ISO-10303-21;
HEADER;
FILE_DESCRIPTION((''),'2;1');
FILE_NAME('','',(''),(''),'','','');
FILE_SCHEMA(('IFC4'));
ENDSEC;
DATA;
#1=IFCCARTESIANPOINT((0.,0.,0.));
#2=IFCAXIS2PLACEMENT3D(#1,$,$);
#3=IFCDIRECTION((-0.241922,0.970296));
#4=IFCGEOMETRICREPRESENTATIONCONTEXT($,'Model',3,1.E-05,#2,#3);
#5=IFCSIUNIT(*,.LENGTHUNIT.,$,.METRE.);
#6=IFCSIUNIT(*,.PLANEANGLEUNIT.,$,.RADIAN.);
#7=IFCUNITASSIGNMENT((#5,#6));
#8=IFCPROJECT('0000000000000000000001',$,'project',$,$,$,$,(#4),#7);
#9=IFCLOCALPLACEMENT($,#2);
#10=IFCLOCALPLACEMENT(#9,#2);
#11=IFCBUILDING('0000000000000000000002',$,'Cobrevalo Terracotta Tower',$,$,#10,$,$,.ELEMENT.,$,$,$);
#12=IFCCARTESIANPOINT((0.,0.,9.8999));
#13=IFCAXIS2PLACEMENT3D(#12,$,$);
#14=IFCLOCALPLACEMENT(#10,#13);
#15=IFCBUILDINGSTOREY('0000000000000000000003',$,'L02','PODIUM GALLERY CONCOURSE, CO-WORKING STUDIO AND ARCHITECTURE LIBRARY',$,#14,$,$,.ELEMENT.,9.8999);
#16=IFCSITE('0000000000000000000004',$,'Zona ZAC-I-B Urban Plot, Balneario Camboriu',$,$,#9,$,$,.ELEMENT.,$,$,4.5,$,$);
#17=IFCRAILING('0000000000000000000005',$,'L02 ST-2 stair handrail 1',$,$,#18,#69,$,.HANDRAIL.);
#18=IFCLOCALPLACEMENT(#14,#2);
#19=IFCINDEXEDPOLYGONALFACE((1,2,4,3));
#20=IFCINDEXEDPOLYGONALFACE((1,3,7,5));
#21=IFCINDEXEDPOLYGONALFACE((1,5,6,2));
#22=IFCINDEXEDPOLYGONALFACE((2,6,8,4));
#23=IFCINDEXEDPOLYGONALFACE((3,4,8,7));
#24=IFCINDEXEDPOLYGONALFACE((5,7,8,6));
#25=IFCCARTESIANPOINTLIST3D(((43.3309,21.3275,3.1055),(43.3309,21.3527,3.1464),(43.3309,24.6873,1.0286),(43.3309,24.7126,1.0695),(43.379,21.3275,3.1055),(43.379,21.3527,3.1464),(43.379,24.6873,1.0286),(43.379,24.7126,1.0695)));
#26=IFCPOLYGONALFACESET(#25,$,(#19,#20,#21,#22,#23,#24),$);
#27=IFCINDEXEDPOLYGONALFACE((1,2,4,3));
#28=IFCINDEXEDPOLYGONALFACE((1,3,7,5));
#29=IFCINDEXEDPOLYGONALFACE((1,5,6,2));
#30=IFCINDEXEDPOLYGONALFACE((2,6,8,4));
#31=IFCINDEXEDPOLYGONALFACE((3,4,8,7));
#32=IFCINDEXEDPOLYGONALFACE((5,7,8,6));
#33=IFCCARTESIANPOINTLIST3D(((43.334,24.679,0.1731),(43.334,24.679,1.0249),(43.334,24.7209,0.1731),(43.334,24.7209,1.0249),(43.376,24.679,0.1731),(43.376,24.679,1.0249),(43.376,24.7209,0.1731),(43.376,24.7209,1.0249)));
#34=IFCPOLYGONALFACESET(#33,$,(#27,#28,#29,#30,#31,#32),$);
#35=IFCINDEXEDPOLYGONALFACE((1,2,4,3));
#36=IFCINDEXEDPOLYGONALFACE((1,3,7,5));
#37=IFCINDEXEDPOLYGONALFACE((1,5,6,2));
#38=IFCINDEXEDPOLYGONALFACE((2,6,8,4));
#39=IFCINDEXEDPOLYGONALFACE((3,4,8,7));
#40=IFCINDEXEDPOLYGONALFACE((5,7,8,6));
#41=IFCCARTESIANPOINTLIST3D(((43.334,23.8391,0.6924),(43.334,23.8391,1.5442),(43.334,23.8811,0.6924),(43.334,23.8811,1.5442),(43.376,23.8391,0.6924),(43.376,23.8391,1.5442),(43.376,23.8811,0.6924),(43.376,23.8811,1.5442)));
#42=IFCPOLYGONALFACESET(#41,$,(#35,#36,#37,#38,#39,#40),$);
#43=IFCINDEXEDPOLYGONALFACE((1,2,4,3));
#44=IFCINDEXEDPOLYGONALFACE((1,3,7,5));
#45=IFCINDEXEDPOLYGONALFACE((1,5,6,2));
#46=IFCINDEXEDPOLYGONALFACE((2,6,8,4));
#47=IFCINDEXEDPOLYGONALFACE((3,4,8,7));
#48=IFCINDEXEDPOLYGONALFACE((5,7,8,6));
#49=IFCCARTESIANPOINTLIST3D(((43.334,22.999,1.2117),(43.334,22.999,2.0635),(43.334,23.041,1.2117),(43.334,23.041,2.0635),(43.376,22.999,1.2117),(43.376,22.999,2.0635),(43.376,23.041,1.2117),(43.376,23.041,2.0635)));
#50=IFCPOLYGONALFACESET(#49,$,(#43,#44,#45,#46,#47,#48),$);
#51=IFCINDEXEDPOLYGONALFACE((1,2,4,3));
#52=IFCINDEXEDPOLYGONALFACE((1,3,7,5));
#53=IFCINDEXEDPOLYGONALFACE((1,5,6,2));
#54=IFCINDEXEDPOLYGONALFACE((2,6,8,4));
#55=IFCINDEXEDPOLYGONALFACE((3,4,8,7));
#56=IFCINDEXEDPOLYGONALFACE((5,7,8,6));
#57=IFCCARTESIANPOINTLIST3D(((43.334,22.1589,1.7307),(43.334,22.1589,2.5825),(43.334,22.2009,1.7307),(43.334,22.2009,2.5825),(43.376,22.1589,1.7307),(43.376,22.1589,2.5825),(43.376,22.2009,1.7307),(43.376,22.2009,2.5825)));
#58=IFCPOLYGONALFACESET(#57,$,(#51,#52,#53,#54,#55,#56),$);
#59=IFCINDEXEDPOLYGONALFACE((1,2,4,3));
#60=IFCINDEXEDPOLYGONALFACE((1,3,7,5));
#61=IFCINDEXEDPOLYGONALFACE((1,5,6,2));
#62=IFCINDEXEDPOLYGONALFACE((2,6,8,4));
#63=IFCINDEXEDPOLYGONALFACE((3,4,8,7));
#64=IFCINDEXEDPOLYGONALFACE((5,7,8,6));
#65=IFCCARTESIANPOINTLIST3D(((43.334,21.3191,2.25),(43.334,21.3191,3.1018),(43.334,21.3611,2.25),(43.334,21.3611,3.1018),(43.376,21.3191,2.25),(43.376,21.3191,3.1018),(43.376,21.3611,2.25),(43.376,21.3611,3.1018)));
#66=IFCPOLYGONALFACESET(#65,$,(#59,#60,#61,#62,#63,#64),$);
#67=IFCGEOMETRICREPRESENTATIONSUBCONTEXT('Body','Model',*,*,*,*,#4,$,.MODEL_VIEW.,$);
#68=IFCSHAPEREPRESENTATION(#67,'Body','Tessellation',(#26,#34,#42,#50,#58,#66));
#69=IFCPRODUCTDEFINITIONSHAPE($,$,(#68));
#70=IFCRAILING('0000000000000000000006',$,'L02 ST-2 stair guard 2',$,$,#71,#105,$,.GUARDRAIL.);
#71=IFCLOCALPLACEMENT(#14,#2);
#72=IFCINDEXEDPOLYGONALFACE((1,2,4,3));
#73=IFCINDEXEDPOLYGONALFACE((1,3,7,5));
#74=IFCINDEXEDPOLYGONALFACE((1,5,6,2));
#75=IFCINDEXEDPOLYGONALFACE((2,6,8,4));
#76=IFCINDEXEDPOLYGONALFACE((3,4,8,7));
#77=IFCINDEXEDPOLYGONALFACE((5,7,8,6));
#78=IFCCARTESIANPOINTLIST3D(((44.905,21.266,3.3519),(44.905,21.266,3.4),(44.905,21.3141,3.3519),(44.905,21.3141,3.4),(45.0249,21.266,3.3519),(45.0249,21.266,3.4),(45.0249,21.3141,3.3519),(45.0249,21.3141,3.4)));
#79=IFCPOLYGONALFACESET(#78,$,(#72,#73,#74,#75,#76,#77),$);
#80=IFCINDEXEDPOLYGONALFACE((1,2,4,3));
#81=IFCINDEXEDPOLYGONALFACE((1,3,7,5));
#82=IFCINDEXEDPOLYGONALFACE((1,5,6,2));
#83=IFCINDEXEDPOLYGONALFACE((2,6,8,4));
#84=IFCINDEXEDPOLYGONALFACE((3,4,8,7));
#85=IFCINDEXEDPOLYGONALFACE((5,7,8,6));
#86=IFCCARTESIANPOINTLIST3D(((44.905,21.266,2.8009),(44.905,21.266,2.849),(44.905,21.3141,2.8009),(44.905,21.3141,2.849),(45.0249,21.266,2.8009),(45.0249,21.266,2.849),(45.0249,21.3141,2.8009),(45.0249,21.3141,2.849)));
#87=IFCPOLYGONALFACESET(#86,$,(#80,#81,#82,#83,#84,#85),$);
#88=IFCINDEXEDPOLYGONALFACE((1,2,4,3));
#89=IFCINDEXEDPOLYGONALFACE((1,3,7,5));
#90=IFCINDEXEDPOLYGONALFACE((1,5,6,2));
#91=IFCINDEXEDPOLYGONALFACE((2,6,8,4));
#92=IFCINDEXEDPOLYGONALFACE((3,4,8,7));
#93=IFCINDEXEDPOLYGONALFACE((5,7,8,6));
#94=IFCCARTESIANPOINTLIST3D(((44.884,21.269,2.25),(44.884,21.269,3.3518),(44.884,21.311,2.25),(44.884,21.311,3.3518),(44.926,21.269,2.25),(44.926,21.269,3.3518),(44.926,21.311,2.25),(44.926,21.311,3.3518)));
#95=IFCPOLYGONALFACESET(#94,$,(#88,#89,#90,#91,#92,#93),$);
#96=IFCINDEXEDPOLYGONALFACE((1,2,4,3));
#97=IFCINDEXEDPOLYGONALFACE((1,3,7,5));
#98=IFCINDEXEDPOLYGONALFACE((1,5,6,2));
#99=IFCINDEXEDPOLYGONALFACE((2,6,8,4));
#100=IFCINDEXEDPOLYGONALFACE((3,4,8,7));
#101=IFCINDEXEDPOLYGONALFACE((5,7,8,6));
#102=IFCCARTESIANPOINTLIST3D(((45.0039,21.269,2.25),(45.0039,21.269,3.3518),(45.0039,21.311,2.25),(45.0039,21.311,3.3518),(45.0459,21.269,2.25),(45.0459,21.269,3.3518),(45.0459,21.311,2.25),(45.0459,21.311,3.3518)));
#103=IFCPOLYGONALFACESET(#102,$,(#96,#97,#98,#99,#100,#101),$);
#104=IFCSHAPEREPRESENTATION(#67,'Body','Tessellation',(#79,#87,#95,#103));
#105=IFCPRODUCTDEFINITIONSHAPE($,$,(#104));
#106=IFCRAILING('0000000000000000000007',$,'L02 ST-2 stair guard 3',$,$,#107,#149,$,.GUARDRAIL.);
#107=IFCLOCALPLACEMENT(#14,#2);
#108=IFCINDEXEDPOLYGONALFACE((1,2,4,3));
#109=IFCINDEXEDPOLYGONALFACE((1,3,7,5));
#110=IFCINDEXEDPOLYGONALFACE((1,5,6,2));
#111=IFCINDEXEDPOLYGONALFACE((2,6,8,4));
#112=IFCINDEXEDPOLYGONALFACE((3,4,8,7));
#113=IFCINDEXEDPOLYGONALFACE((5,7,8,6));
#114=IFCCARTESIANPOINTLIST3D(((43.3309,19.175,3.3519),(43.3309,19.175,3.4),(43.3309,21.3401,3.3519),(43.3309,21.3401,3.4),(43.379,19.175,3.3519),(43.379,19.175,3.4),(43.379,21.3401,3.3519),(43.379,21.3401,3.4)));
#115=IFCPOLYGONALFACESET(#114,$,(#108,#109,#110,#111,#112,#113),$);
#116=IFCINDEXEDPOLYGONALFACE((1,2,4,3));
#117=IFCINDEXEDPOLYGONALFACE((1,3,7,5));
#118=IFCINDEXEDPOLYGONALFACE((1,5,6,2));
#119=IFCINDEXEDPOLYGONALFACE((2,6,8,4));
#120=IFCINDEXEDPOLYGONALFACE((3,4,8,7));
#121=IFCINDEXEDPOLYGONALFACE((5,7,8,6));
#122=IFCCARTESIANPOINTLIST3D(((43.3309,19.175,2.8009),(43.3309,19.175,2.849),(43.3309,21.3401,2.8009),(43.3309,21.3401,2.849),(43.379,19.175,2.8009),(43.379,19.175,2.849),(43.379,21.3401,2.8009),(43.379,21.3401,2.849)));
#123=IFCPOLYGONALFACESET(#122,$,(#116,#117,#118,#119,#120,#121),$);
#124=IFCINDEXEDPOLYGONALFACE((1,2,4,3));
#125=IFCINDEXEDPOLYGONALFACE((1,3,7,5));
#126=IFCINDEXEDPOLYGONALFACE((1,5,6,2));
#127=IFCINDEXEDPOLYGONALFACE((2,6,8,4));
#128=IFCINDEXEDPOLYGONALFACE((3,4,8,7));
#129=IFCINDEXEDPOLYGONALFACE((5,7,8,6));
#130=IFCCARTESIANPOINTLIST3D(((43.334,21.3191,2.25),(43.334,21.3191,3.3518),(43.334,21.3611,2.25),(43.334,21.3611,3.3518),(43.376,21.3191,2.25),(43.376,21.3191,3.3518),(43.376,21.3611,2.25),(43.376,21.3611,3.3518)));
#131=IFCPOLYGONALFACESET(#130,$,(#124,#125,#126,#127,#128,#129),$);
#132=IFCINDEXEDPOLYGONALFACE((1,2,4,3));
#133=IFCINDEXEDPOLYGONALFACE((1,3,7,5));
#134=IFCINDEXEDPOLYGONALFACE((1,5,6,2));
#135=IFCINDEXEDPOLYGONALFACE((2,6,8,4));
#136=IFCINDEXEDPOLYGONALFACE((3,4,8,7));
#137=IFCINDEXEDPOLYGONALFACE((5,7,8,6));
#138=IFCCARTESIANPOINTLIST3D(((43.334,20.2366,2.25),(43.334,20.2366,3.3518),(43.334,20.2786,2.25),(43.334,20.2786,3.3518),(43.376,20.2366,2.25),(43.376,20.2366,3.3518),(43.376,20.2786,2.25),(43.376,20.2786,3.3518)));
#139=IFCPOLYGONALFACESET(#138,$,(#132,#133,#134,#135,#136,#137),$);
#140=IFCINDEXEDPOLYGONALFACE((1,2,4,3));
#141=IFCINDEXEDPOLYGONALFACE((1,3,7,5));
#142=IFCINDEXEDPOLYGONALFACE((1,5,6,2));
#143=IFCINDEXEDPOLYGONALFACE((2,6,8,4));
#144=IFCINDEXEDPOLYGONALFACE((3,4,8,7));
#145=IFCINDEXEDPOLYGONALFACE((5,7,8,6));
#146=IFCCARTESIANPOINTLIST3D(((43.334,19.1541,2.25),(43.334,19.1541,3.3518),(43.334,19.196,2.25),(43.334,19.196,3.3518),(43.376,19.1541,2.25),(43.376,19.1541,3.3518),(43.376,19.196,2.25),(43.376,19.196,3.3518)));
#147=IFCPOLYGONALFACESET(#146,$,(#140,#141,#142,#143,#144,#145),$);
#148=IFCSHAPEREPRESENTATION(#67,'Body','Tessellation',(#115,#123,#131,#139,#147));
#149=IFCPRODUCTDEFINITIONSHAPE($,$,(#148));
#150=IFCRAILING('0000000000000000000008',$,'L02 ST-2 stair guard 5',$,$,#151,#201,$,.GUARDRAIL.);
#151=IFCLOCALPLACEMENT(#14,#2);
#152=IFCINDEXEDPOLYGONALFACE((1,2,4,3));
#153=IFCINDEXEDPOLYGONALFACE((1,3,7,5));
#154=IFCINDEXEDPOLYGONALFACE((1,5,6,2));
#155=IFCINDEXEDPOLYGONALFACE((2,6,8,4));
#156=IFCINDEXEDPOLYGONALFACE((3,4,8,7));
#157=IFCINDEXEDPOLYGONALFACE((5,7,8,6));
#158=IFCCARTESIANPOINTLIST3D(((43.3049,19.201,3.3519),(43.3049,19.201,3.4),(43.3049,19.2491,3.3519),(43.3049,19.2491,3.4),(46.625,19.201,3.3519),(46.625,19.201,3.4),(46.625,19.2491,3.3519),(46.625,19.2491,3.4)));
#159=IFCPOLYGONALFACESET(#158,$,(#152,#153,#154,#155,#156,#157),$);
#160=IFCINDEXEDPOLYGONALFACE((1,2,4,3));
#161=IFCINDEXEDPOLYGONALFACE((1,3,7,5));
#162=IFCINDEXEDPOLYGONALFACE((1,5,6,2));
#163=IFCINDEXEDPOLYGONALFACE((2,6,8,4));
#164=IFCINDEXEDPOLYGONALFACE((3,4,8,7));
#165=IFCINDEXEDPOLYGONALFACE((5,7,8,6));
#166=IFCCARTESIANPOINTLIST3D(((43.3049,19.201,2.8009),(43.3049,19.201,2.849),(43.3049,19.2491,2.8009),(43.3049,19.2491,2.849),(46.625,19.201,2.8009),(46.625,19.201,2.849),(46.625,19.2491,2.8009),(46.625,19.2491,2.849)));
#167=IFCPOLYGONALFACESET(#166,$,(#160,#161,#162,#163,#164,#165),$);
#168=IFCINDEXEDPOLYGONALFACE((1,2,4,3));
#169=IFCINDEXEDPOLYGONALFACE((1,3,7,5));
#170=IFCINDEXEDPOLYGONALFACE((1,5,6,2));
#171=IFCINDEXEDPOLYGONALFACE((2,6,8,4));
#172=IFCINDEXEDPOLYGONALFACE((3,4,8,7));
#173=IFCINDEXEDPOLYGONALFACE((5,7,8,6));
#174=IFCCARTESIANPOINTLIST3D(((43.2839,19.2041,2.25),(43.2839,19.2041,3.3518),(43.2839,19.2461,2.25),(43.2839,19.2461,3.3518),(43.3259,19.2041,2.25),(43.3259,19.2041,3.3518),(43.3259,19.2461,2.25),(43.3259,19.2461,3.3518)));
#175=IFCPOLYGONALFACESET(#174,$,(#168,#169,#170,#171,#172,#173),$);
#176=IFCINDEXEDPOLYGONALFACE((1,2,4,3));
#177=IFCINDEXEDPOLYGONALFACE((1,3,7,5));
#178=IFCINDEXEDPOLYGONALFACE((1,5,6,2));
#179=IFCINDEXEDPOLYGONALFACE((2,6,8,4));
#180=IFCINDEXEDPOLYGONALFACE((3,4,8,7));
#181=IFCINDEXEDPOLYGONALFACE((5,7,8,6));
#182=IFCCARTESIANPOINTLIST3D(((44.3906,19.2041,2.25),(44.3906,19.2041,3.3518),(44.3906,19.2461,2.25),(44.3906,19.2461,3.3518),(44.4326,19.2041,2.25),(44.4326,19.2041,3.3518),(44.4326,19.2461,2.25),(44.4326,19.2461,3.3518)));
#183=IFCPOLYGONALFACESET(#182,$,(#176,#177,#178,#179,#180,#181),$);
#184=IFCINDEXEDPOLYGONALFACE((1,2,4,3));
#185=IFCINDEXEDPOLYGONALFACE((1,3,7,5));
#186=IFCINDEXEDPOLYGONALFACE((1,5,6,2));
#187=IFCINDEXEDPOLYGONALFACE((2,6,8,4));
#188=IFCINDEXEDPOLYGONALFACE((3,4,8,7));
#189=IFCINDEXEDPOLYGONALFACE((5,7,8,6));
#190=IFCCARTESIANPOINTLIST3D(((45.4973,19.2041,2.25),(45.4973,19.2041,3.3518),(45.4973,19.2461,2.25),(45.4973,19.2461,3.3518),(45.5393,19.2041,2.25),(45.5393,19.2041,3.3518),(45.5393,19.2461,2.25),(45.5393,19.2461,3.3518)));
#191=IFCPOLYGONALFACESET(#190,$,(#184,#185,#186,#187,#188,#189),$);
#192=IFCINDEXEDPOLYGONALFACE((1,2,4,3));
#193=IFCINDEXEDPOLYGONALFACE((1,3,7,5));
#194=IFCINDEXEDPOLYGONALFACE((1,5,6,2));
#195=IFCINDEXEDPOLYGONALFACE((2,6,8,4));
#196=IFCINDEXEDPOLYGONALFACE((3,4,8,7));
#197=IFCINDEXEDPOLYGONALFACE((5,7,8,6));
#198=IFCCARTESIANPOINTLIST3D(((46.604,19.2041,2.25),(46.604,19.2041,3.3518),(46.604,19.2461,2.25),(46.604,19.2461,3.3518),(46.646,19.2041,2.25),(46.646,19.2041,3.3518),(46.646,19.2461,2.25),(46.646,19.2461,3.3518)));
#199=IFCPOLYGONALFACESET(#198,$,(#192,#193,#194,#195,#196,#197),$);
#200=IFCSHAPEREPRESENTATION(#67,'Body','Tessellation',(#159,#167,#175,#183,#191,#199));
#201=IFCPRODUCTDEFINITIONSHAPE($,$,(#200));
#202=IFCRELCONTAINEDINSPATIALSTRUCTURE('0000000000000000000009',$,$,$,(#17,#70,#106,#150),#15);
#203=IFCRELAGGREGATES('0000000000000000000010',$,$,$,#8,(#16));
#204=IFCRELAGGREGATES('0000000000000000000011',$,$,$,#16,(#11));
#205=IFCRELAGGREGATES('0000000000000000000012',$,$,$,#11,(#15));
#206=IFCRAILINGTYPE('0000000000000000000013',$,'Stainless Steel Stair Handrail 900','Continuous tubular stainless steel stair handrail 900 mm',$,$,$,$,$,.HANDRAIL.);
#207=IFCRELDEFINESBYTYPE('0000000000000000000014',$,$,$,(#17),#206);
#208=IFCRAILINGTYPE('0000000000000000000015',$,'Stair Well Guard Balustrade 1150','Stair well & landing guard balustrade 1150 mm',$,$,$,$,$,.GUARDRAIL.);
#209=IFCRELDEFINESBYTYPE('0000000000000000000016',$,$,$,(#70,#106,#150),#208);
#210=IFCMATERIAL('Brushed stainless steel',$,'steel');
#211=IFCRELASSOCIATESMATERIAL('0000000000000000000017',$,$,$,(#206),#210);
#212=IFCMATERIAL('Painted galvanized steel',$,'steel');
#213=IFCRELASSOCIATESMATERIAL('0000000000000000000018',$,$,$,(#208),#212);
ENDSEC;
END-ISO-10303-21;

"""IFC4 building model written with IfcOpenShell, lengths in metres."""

from ifc_helpers import new_model, si_unit, direction, frame, origin, origin_2d, place, context, subcontext, project, spatial, rectangle, extrude, material, type_object, element, save


model = new_model("IFC4")

# Units and contexts
model_context = context("Model", 3, precision=1e-05, world=origin(), true_north=direction((-0.241922, 0.970296)))
body_context = subcontext(model_context, "Body", "Model", "MODEL_VIEW")
ifc_project = project(units=[si_unit("LENGTHUNIT", "METRE"), si_unit("PLANEANGLEUNIT", "RADIAN")], contexts=[model_context])

# Site, building, storey
site_placement = place(None, origin())
site = spatial("IfcSite", under=ifc_project, at=site_placement, Name="Zona ZAC-I-B Urban Plot, Balneario Camboriu", CompositionType="ELEMENT", RefElevation=4.5)
building_placement = place(site_placement, origin())
building = spatial("IfcBuilding", under=site, at=building_placement, Name="Cobrevalo Terracotta Tower", CompositionType="ELEMENT")
storey_placement = place(building_placement, frame((0.0, 0.0, 9.8999)))
storey = spatial("IfcBuildingStorey", under=building, at=storey_placement, Name="L02", Description="PODIUM GALLERY CONCOURSE, CO-WORKING STUDIO AND ARCHITECTURE LIBRARY", CompositionType="ELEMENT", Elevation=9.8999)

# Railings
ifc_material_1 = material(Name="Brushed stainless steel", Category="steel")
railing_type_1 = type_object("IfcRailingType", Name="Stainless Steel Stair Handrail 900", Description="Continuous tubular stainless steel stair handrail 900 mm", PredefinedType="HANDRAIL", material=ifc_material_1)
railing_1_placement = place(storey_placement, frame((43.355, 24.7, 0.1731)))
element("IfcRailing", 1, at=railing_1_placement, inside=storey, type_object=railing_type_1, Name="L02 ST-2 stair handrail 1", PredefinedType="HANDRAIL", context=body_context, shape_type="SweptSolid", body=[
    extrude(rectangle(XDim=0.0481, YDim=0.0481, at=origin_2d()), frame((0.0, 0.0, 0.876), z_axis=(0.0, -0.850606, 0.525803), x_axis=(1.0, 0.0, 0.0)), (0.0, 0.0, 1.0), 3.95),
    extrude(rectangle(XDim=0.042, YDim=0.042, at=origin_2d()), origin(), (0.0, 0.0, 1.0), 0.8518),
    extrude(rectangle(XDim=0.042, YDim=0.042, at=origin_2d()), frame((0.0, -0.8398, 0.5193)), (0.0, 0.0, 1.0), 0.8518),
    extrude(rectangle(XDim=0.042, YDim=0.042, at=origin_2d()), frame((0.0, -1.6799, 1.0386)), (0.0, 0.0, 1.0), 0.8518),
    extrude(rectangle(XDim=0.042, YDim=0.042, at=origin_2d()), frame((0.0, -2.52, 1.5576)), (0.0, 0.0, 1.0), 0.8518),
    extrude(rectangle(XDim=0.042, YDim=0.042, at=origin_2d()), frame((0.0, -3.3599, 2.0769)), (0.0, 0.0, 1.0), 0.8518),
])
ifc_material_2 = material(Name="Painted galvanized steel", Category="steel")
railing_type_2 = type_object("IfcRailingType", Name="Stair Well Guard Balustrade 1150", Description="Stair well & landing guard balustrade 1150 mm", PredefinedType="GUARDRAIL", material=ifc_material_2)
railing_2_placement = place(storey_placement, frame((44.905, 21.29, 2.25)))
element("IfcRailing", 2, at=railing_2_placement, inside=storey, type_object=railing_type_2, Name="L02 ST-2 stair guard 2", PredefinedType="GUARDRAIL", context=body_context, shape_type="SweptSolid", body=[
    extrude(rectangle(XDim=0.0481, YDim=0.0481, at=origin_2d()), frame((0.0, 0.0, 1.126), z_axis=(1.0, 0.0, 0.0), x_axis=(0.0, 1.0, 0.0)), (0.0, 0.0, 1.0), 0.1199),
    extrude(rectangle(XDim=0.0481, YDim=0.0481, at=origin_2d()), frame((0.0, 0.0, 0.575), z_axis=(1.0, 0.0, 0.0), x_axis=(0.0, 1.0, 0.0)), (0.0, 0.0, 1.0), 0.1199),
    extrude(rectangle(XDim=0.042, YDim=0.042, at=origin_2d()), origin(), (0.0, 0.0, 1.0), 1.1018),
    extrude(rectangle(XDim=0.042, YDim=0.042, at=origin_2d()), frame((0.1199, 0.0, 0.0)), (0.0, 0.0, 1.0), 1.1018),
])
railing_3_placement = place(storey_placement, frame((43.355, 21.3401, 2.25)))
element("IfcRailing", 3, at=railing_3_placement, inside=storey, type_object=railing_type_2, Name="L02 ST-2 stair guard 3", PredefinedType="GUARDRAIL", context=body_context, shape_type="SweptSolid", body=[
    extrude(rectangle(XDim=0.0481, YDim=0.0481, at=origin_2d()), frame((0.0, 0.0, 1.126), z_axis=(0.0, -1.0, 0.0), x_axis=(1.0, 0.0, 0.0)), (0.0, 0.0, 1.0), 2.165),
    extrude(rectangle(XDim=0.0481, YDim=0.0481, at=origin_2d()), frame((0.0, 0.0, 0.575), z_axis=(0.0, -1.0, 0.0), x_axis=(1.0, 0.0, 0.0)), (0.0, 0.0, 1.0), 2.165),
    extrude(rectangle(XDim=0.042, YDim=0.042, at=origin_2d()), origin(), (0.0, 0.0, 1.0), 1.1018),
    extrude(rectangle(XDim=0.042, YDim=0.042, at=origin_2d()), frame((0.0, -1.0825, 0.0)), (0.0, 0.0, 1.0), 1.1018),
    extrude(rectangle(XDim=0.042, YDim=0.042, at=origin_2d()), frame((0.0, -2.165, 0.0)), (0.0, 0.0, 1.0), 1.1018),
])
railing_4_placement = place(storey_placement, frame((43.3049, 19.2251, 2.25)))
element("IfcRailing", 4, at=railing_4_placement, inside=storey, type_object=railing_type_2, Name="L02 ST-2 stair guard 5", PredefinedType="GUARDRAIL", context=body_context, shape_type="SweptSolid", body=[
    extrude(rectangle(XDim=0.0481, YDim=0.0481, at=origin_2d()), frame((0.0, 0.0, 1.126), z_axis=(1.0, 0.0, 0.0), x_axis=(0.0, 1.0, 0.0)), (0.0, 0.0, 1.0), 3.3201),
    extrude(rectangle(XDim=0.0481, YDim=0.0481, at=origin_2d()), frame((0.0, 0.0, 0.575), z_axis=(1.0, 0.0, 0.0), x_axis=(0.0, 1.0, 0.0)), (0.0, 0.0, 1.0), 3.3201),
    extrude(rectangle(XDim=0.042, YDim=0.042, at=origin_2d()), origin(), (0.0, 0.0, 1.0), 1.1018),
    extrude(rectangle(XDim=0.042, YDim=0.042, at=origin_2d()), frame((1.1067, 0.0, 0.0)), (0.0, 0.0, 1.0), 1.1018),
    extrude(rectangle(XDim=0.042, YDim=0.042, at=origin_2d()), frame((2.2134, 0.0, 0.0)), (0.0, 0.0, 1.0), 1.1018),
    extrude(rectangle(XDim=0.042, YDim=0.042, at=origin_2d()), frame((3.3201, 0.0, 0.0)), (0.0, 0.0, 1.0), 1.1018),
])

save(model, "model.ifc")
